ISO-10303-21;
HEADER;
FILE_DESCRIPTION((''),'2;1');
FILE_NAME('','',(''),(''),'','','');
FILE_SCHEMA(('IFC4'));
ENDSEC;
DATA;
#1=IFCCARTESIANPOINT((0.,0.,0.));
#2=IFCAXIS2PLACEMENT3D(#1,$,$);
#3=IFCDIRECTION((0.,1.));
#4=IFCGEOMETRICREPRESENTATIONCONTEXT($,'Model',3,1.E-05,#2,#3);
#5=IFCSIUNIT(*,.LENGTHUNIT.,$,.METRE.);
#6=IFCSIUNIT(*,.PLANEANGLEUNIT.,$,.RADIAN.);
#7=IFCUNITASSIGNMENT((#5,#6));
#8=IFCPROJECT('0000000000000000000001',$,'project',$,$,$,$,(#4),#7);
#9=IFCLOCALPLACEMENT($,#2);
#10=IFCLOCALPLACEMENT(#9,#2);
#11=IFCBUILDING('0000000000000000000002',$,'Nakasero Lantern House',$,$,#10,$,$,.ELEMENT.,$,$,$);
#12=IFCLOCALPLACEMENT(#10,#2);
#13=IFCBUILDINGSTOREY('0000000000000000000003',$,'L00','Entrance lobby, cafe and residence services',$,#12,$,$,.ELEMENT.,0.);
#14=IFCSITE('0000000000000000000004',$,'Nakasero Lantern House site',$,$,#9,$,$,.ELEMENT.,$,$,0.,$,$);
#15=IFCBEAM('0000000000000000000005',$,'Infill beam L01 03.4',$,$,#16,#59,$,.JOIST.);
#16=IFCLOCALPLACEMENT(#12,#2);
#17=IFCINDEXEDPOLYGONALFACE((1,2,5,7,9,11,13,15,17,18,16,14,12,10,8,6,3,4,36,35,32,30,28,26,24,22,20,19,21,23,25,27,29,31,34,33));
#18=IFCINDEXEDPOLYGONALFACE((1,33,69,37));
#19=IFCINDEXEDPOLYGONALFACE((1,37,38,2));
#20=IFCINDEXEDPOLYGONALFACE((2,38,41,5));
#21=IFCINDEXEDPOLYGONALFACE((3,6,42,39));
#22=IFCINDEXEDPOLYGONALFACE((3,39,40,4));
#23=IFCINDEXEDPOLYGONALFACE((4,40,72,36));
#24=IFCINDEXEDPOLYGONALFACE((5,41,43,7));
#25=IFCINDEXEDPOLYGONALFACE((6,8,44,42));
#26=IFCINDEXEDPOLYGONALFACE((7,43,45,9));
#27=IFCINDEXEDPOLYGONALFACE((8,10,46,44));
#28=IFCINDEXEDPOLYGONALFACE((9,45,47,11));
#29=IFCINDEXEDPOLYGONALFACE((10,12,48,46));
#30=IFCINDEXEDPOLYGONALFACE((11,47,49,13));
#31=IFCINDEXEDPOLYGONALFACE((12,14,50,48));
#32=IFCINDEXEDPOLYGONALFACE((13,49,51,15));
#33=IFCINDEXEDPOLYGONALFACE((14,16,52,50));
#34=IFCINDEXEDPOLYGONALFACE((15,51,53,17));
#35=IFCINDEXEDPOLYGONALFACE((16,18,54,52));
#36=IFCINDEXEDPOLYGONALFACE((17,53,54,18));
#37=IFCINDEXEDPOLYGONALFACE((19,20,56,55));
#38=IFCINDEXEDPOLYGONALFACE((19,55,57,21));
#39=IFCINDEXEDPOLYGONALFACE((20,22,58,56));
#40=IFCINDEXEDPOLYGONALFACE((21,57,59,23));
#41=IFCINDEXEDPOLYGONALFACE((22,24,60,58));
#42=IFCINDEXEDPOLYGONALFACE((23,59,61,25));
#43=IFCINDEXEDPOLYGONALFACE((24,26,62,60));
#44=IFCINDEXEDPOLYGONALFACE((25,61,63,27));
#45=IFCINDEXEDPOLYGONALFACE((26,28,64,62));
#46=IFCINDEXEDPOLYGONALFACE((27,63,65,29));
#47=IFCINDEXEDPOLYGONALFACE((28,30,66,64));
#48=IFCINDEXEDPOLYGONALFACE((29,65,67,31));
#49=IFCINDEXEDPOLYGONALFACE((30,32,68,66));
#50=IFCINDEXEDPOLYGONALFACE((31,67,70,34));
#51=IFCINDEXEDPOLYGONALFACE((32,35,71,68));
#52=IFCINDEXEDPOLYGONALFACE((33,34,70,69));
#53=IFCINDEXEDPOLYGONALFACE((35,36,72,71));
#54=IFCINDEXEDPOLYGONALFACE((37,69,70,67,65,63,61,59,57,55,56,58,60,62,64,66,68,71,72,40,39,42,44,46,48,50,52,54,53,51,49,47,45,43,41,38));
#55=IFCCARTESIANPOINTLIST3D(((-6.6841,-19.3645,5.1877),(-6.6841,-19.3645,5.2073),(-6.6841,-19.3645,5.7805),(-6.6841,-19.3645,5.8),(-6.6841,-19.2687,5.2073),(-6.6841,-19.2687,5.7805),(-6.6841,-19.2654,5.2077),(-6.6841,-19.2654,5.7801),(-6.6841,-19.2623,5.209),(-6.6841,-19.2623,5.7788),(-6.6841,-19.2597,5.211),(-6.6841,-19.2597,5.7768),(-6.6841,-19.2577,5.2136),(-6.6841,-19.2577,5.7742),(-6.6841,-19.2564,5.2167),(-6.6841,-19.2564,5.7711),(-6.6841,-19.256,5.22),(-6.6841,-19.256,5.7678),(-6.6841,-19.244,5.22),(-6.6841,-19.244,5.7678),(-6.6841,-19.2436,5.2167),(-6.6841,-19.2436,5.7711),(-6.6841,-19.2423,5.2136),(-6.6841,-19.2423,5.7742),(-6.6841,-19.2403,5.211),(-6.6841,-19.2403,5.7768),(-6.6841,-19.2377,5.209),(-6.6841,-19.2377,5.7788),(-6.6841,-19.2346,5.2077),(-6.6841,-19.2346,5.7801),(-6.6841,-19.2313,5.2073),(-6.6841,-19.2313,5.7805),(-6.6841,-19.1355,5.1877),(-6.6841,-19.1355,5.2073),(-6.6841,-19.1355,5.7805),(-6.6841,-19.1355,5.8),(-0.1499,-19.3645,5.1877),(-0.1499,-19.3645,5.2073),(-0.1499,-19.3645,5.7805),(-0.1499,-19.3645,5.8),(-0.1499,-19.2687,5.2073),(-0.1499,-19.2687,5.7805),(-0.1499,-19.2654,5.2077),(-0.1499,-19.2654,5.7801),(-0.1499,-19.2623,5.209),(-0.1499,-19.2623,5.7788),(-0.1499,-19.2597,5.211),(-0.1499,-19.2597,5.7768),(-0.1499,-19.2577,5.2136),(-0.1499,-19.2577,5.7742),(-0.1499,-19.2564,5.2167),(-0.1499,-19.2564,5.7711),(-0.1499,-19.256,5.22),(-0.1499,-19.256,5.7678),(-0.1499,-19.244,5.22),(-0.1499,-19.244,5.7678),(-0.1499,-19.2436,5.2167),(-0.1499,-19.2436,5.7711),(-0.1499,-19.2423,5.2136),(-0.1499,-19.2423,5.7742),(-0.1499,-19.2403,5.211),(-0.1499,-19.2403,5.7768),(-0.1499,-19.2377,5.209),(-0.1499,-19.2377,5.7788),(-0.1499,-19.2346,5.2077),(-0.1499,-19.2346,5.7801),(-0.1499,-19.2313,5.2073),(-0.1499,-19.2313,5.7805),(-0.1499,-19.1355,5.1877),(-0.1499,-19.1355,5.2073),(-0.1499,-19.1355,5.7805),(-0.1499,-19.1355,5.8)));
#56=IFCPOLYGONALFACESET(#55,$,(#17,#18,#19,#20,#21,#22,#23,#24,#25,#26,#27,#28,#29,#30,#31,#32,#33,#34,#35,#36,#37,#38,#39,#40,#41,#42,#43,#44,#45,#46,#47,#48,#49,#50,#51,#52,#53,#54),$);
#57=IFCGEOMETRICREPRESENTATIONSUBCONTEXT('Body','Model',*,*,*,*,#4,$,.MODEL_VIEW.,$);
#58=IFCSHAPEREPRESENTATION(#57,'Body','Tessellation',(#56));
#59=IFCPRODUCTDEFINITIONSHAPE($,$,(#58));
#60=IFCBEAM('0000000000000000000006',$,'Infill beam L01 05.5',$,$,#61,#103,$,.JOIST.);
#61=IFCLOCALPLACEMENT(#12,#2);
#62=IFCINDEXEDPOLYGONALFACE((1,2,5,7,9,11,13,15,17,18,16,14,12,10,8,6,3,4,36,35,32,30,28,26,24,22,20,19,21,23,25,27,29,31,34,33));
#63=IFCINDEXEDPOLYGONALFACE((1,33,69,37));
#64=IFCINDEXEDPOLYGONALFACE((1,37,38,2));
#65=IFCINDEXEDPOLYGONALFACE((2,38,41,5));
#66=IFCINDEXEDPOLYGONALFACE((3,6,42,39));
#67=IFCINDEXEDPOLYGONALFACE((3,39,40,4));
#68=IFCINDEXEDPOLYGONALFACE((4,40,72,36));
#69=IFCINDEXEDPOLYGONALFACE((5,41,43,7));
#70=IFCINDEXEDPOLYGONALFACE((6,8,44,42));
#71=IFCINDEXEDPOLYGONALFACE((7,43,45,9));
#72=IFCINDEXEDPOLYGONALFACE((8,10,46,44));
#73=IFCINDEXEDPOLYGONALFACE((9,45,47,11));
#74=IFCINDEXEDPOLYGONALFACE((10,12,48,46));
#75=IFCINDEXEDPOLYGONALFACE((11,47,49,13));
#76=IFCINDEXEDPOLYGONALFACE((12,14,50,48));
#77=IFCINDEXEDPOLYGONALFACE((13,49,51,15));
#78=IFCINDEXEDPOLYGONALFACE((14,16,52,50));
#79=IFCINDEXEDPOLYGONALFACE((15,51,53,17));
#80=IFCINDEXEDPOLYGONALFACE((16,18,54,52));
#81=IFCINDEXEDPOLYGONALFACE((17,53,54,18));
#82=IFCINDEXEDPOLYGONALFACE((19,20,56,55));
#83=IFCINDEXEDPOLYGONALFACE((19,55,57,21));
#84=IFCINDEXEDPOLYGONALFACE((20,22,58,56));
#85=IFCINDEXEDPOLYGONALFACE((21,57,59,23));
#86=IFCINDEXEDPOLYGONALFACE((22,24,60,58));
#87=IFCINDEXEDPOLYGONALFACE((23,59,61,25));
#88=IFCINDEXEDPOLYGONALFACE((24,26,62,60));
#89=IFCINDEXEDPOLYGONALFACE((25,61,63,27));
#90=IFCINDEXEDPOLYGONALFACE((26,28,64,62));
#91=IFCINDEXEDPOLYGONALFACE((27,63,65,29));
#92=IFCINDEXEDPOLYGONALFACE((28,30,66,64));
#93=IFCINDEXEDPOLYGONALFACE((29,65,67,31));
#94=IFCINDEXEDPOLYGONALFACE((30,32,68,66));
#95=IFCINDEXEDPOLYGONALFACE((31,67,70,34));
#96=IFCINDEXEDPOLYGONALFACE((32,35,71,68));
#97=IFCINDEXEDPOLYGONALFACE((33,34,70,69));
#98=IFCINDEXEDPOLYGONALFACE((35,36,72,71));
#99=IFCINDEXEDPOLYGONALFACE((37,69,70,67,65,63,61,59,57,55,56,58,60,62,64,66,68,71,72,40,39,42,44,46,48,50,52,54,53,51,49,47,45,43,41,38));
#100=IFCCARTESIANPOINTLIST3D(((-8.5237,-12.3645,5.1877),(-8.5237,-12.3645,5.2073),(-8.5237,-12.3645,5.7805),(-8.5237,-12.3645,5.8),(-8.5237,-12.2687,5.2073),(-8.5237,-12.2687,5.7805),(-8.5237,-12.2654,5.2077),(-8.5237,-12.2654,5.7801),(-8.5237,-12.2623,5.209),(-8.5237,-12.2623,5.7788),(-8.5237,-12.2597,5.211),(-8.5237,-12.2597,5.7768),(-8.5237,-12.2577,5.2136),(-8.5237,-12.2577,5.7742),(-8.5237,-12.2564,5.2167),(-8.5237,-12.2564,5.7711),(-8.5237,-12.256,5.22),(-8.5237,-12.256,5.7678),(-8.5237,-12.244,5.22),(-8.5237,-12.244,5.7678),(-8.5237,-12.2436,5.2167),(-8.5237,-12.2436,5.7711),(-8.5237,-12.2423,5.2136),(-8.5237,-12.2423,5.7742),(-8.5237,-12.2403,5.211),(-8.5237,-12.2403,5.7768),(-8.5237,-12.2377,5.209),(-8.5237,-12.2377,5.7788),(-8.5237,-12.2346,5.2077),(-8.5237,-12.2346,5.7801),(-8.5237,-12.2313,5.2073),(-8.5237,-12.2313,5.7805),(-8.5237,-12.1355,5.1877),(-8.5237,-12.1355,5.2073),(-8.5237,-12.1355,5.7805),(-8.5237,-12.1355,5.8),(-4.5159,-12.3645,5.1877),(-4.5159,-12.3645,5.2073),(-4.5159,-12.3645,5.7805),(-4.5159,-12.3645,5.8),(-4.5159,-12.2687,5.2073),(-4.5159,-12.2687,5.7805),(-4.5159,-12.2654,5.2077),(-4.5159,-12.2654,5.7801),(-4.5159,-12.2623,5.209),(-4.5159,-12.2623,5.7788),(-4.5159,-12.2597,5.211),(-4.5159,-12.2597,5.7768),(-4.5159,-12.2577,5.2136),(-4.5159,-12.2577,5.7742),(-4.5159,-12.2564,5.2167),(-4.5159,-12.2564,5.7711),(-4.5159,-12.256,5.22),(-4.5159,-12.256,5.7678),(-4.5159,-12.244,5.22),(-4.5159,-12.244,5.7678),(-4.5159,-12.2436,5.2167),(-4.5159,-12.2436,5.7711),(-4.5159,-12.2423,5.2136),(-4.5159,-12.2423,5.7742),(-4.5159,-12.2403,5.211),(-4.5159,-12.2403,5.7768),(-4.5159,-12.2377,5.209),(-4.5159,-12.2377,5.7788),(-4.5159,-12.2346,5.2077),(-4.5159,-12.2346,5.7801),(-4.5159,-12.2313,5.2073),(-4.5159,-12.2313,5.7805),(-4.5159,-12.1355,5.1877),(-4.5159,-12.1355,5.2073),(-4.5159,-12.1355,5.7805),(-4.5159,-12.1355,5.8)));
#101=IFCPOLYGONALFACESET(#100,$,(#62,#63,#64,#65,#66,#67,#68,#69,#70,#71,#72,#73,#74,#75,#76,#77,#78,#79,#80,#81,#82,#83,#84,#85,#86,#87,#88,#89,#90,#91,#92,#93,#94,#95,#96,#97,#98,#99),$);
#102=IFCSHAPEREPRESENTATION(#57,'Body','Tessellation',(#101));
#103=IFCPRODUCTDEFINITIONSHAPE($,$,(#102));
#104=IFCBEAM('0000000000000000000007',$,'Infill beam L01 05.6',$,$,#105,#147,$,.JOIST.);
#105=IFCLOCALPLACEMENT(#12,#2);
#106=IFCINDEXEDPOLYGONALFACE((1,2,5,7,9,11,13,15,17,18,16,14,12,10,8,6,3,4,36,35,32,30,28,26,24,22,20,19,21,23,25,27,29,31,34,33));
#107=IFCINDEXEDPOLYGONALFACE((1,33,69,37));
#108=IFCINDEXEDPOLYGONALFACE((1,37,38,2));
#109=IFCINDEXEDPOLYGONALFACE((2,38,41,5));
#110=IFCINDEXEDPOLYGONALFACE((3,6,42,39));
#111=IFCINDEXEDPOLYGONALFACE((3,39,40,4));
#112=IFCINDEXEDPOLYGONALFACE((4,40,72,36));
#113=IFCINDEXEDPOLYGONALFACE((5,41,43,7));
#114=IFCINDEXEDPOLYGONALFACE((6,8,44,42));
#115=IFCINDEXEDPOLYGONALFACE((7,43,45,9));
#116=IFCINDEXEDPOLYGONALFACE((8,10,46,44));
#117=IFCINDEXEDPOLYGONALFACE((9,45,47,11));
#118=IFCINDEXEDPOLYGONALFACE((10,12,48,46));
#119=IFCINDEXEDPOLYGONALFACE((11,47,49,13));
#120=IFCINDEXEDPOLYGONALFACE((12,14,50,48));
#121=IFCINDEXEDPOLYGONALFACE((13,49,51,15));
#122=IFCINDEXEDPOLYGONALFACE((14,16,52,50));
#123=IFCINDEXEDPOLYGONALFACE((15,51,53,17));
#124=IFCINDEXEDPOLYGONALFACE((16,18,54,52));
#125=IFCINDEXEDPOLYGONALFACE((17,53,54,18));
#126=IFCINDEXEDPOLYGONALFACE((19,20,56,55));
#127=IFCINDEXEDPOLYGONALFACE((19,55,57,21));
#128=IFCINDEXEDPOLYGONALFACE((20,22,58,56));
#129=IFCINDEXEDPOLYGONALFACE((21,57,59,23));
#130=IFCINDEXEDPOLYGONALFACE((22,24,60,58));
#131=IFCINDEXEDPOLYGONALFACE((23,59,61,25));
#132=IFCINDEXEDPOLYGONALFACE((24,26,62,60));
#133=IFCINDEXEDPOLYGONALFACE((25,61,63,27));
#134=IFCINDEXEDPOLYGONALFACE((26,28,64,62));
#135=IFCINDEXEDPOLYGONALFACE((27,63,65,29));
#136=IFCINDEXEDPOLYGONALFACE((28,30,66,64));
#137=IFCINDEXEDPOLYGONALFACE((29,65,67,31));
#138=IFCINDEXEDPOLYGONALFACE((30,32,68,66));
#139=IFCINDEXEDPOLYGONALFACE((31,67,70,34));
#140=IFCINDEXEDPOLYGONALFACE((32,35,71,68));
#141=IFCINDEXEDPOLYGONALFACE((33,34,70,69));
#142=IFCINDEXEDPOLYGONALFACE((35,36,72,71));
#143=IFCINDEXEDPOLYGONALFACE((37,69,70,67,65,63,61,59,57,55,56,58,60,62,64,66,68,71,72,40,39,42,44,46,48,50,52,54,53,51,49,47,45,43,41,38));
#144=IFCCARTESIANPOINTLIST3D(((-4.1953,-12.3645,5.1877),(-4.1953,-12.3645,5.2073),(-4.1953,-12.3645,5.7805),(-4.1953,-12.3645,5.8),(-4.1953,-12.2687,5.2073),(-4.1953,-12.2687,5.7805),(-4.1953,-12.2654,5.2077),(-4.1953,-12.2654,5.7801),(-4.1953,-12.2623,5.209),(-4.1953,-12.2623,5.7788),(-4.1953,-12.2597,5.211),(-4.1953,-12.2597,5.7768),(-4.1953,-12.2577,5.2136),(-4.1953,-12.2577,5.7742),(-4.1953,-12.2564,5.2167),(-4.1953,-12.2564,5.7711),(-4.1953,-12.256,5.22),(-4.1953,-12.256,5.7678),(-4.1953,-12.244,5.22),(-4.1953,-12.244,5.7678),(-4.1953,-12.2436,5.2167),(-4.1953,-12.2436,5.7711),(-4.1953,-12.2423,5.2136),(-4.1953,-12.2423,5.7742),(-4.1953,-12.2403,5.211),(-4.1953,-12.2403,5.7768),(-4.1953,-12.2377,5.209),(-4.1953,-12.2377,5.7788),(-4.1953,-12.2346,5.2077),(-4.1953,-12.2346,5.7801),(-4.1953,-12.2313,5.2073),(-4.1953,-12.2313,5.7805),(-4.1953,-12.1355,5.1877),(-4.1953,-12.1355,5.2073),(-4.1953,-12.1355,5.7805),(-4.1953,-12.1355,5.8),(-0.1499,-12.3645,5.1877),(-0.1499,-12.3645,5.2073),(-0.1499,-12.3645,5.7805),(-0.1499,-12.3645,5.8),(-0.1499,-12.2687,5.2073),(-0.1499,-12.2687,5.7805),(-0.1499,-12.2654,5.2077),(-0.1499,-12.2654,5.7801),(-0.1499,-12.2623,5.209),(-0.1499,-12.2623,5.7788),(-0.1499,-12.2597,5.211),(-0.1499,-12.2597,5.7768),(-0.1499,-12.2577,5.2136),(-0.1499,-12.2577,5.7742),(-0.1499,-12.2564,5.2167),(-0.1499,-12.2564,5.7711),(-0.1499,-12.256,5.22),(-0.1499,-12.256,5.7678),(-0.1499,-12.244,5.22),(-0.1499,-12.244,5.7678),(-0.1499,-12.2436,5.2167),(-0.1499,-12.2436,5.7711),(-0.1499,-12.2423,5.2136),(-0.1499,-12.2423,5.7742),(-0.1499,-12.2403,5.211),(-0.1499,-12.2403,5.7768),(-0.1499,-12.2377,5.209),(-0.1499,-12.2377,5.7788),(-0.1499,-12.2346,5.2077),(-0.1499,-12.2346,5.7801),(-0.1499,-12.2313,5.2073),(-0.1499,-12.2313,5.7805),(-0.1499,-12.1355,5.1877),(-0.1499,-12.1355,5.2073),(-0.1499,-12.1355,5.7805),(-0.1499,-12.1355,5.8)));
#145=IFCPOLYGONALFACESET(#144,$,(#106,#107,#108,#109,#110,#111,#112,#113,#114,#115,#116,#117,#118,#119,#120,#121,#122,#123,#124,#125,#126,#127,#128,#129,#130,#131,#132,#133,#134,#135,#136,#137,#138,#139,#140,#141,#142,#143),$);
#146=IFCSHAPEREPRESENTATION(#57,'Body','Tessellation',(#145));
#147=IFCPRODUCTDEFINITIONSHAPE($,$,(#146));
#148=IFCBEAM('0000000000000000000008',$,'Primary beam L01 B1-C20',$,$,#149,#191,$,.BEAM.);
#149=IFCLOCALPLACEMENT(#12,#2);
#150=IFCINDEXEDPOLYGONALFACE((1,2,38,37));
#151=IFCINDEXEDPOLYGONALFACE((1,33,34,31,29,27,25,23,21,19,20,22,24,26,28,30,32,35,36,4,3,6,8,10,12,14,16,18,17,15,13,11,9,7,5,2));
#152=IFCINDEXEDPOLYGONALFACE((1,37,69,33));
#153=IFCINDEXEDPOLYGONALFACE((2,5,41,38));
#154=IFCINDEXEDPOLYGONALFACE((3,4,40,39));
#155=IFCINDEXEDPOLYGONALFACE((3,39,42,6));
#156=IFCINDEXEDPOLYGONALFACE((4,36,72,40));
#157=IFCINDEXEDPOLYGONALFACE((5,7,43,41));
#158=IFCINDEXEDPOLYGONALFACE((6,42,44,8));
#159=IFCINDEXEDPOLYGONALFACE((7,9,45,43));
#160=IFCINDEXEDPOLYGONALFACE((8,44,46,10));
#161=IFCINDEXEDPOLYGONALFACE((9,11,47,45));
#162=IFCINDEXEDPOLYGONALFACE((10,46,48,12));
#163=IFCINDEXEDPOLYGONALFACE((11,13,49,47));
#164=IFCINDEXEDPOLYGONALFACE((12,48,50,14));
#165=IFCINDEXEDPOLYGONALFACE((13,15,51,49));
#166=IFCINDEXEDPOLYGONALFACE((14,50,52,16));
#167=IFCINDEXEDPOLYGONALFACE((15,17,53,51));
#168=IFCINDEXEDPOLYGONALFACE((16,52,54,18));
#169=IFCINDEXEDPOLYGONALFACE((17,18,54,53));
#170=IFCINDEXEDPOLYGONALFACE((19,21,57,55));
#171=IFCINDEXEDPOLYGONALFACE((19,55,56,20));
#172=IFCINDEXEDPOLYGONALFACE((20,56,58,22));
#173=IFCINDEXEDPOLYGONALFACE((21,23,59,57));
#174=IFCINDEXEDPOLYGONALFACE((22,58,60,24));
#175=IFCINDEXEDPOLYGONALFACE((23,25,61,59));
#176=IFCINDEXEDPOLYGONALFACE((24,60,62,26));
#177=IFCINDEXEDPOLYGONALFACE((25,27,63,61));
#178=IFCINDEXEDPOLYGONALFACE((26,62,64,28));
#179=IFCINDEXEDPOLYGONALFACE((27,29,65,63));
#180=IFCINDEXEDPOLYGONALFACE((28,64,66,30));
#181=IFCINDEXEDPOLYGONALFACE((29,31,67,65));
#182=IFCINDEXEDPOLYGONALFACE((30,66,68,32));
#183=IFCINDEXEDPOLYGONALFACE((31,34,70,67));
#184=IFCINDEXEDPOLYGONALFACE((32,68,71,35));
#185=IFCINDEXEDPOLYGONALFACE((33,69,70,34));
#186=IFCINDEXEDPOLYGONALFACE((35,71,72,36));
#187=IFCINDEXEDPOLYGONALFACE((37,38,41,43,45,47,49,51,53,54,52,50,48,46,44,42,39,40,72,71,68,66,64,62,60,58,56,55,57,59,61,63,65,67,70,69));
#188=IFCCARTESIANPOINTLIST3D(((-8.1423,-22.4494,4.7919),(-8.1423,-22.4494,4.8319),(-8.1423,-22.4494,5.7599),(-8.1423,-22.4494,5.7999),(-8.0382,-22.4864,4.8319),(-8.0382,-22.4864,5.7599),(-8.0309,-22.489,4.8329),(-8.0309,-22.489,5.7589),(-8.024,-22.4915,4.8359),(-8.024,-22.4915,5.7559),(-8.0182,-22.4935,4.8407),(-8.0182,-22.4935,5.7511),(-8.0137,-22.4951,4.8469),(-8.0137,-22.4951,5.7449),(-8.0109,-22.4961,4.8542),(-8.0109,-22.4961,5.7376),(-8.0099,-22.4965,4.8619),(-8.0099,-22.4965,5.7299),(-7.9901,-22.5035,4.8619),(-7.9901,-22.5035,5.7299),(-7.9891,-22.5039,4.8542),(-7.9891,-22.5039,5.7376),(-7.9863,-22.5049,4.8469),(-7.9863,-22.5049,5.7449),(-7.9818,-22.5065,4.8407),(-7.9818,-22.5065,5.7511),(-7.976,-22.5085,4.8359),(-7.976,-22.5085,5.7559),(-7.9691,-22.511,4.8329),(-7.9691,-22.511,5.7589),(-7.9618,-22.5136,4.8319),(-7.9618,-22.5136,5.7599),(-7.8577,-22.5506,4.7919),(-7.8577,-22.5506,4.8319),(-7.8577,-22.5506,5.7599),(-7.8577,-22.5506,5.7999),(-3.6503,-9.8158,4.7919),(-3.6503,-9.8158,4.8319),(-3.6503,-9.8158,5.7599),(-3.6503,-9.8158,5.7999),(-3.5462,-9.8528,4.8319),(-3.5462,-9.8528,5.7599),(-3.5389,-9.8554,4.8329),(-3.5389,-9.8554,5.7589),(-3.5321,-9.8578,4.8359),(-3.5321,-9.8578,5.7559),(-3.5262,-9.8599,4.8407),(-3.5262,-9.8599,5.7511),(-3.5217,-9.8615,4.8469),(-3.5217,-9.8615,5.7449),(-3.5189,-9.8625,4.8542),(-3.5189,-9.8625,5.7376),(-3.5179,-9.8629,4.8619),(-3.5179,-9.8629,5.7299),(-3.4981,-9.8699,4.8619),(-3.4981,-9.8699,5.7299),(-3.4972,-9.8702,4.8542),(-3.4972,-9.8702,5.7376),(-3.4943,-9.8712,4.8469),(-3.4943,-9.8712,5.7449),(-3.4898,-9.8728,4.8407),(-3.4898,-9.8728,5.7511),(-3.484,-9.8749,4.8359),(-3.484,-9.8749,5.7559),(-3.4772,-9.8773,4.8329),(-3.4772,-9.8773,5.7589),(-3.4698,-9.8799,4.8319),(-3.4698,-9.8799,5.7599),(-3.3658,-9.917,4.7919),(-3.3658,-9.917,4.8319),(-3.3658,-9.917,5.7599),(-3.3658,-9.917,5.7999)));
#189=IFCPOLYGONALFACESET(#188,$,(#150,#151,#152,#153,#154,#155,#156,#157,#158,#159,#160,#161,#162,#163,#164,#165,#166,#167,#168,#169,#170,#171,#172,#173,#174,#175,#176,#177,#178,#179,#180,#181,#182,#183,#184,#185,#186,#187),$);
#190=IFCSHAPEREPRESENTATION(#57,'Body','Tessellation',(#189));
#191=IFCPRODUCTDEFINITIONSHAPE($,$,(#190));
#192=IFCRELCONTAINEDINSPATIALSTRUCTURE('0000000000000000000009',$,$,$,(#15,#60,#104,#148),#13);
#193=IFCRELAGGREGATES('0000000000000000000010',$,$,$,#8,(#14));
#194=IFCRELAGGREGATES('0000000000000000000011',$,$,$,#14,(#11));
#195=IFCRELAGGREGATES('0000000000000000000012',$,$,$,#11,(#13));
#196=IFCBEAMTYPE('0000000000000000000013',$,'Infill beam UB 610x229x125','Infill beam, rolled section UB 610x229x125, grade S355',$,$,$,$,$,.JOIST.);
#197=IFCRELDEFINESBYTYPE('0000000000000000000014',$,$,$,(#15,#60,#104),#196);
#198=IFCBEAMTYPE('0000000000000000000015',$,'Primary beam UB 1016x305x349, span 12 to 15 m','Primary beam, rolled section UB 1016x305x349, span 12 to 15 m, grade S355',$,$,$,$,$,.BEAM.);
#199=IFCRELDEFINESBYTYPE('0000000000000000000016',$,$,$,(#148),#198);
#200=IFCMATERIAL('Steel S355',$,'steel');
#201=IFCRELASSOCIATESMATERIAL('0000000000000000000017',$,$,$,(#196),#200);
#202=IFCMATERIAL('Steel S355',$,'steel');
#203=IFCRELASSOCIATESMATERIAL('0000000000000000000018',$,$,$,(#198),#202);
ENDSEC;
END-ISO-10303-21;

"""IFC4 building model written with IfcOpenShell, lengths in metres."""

from ifc_helpers import new_model, si_unit, direction, frame, origin, origin_2d, place, context, subcontext, project, spatial, i_section, extrude, material, material_profile, profile_set, type_object, element, save


model = new_model("IFC4")

# Units and contexts
model_context = context("Model", 3, precision=1e-05, world=origin(), true_north=direction((0.0, 1.0)))
body_context = subcontext(model_context, "Body", "Model", "MODEL_VIEW")
ifc_project = project(units=[si_unit("LENGTHUNIT", "METRE"), si_unit("PLANEANGLEUNIT", "RADIAN")], contexts=[model_context])

# Site, building, storey
site_placement = place(None, origin())
site = spatial("IfcSite", under=ifc_project, at=site_placement, Name="Nakasero Lantern House site", CompositionType="ELEMENT", RefElevation=0.0)
building_placement = place(site_placement, origin())
building = spatial("IfcBuilding", under=site, at=building_placement, Name="Nakasero Lantern House", CompositionType="ELEMENT")
storey_placement = place(building_placement, origin())
storey = spatial("IfcBuildingStorey", under=building, at=storey_placement, Name="L00", Description="Entrance lobby, cafe and residence services", CompositionType="ELEMENT", Elevation=0.0)

# Beams
ifc_material_1 = material(Name="Steel S355", Category="steel")
ifc_material_profile_1 = material_profile(ifc_material_1, i_section(OverallWidth=0.229, OverallDepth=0.6123, WebThickness=0.012, FlangeThickness=0.0195, FilletRadius=0.0127, at=origin_2d()), Name="UB 610x229x125")
ifc_profile_set_1 = profile_set([ifc_material_profile_1], Name="Steel S355")
beam_type_1 = type_object("IfcBeamType", Name="Infill beam UB 610x229x125", Description="Infill beam, rolled section UB 610x229x125, grade S355", PredefinedType="JOIST", material=ifc_profile_set_1)
beam_1_placement = place(storey_placement, frame((-6.6841, -19.25, 5.4939), z_axis=(1.0, 0.0, 0.0), x_axis=(0.0, 1.0, 0.0)))
element("IfcBeam", 1, at=beam_1_placement, inside=storey, type_object=beam_type_1, Name="Infill beam L01 03.4", PredefinedType="JOIST", context=body_context, shape_type="SweptSolid", body=[
    extrude(i_section(OverallWidth=0.229, OverallDepth=0.6123, WebThickness=0.012, FlangeThickness=0.0195, FilletRadius=0.0127, at=origin_2d()), origin(), (0.0, 0.0, 1.0), 6.5342),
])
beam_2_placement = place(storey_placement, frame((-8.5237, -12.25, 5.4939), z_axis=(1.0, 0.0, 0.0), x_axis=(0.0, 1.0, 0.0)))
element("IfcBeam", 2, at=beam_2_placement, inside=storey, type_object=beam_type_1, Name="Infill beam L01 05.5", PredefinedType="JOIST", context=body_context, shape_type="SweptSolid", body=[
    extrude(i_section(OverallWidth=0.229, OverallDepth=0.6123, WebThickness=0.012, FlangeThickness=0.0195, FilletRadius=0.0127, at=origin_2d()), origin(), (0.0, 0.0, 1.0), 4.0078),
])
beam_3_placement = place(storey_placement, frame((-4.1953, -12.25, 5.4939), z_axis=(1.0, 0.0, 0.0), x_axis=(0.0, 1.0, 0.0)))
element("IfcBeam", 3, at=beam_3_placement, inside=storey, type_object=beam_type_1, Name="Infill beam L01 05.6", PredefinedType="JOIST", context=body_context, shape_type="SweptSolid", body=[
    extrude(i_section(OverallWidth=0.229, OverallDepth=0.6123, WebThickness=0.012, FlangeThickness=0.0195, FilletRadius=0.0127, at=origin_2d()), origin(), (0.0, 0.0, 1.0), 4.0454),
])
ifc_material_2 = material(Name="Steel S355", Category="steel")
ifc_material_profile_2 = material_profile(ifc_material_2, i_section(OverallWidth=0.302, OverallDepth=1.0081, WebThickness=0.021, FlangeThickness=0.04, FilletRadius=0.03, at=origin_2d()), Name="UB 1016x305x349")
ifc_profile_set_2 = profile_set([ifc_material_profile_2], Name="Steel S355")
beam_type_2 = type_object("IfcBeamType", Name="Primary beam UB 1016x305x349, span 12 to 15 m", Description="Primary beam, rolled section UB 1016x305x349, span 12 to 15 m, grade S355", PredefinedType="BEAM", material=ifc_profile_set_2)
beam_4_placement = place(storey_placement, frame((-8.0, -22.5, 5.2959), z_axis=(0.335011, 0.942214, 0.0), x_axis=(-0.942214, 0.335011, 0.0)))
element("IfcBeam", 4, at=beam_4_placement, inside=storey, type_object=beam_type_2, Name="Primary beam L01 B1-C20", PredefinedType="BEAM", context=body_context, shape_type="SweptSolid", body=[
    extrude(i_section(OverallWidth=0.302, OverallDepth=1.0081, WebThickness=0.021, FlangeThickness=0.04, FilletRadius=0.03, at=origin_2d()), origin(), (0.0, 0.0, 1.0), 13.4084),
])

save(model, "model.ifc")
